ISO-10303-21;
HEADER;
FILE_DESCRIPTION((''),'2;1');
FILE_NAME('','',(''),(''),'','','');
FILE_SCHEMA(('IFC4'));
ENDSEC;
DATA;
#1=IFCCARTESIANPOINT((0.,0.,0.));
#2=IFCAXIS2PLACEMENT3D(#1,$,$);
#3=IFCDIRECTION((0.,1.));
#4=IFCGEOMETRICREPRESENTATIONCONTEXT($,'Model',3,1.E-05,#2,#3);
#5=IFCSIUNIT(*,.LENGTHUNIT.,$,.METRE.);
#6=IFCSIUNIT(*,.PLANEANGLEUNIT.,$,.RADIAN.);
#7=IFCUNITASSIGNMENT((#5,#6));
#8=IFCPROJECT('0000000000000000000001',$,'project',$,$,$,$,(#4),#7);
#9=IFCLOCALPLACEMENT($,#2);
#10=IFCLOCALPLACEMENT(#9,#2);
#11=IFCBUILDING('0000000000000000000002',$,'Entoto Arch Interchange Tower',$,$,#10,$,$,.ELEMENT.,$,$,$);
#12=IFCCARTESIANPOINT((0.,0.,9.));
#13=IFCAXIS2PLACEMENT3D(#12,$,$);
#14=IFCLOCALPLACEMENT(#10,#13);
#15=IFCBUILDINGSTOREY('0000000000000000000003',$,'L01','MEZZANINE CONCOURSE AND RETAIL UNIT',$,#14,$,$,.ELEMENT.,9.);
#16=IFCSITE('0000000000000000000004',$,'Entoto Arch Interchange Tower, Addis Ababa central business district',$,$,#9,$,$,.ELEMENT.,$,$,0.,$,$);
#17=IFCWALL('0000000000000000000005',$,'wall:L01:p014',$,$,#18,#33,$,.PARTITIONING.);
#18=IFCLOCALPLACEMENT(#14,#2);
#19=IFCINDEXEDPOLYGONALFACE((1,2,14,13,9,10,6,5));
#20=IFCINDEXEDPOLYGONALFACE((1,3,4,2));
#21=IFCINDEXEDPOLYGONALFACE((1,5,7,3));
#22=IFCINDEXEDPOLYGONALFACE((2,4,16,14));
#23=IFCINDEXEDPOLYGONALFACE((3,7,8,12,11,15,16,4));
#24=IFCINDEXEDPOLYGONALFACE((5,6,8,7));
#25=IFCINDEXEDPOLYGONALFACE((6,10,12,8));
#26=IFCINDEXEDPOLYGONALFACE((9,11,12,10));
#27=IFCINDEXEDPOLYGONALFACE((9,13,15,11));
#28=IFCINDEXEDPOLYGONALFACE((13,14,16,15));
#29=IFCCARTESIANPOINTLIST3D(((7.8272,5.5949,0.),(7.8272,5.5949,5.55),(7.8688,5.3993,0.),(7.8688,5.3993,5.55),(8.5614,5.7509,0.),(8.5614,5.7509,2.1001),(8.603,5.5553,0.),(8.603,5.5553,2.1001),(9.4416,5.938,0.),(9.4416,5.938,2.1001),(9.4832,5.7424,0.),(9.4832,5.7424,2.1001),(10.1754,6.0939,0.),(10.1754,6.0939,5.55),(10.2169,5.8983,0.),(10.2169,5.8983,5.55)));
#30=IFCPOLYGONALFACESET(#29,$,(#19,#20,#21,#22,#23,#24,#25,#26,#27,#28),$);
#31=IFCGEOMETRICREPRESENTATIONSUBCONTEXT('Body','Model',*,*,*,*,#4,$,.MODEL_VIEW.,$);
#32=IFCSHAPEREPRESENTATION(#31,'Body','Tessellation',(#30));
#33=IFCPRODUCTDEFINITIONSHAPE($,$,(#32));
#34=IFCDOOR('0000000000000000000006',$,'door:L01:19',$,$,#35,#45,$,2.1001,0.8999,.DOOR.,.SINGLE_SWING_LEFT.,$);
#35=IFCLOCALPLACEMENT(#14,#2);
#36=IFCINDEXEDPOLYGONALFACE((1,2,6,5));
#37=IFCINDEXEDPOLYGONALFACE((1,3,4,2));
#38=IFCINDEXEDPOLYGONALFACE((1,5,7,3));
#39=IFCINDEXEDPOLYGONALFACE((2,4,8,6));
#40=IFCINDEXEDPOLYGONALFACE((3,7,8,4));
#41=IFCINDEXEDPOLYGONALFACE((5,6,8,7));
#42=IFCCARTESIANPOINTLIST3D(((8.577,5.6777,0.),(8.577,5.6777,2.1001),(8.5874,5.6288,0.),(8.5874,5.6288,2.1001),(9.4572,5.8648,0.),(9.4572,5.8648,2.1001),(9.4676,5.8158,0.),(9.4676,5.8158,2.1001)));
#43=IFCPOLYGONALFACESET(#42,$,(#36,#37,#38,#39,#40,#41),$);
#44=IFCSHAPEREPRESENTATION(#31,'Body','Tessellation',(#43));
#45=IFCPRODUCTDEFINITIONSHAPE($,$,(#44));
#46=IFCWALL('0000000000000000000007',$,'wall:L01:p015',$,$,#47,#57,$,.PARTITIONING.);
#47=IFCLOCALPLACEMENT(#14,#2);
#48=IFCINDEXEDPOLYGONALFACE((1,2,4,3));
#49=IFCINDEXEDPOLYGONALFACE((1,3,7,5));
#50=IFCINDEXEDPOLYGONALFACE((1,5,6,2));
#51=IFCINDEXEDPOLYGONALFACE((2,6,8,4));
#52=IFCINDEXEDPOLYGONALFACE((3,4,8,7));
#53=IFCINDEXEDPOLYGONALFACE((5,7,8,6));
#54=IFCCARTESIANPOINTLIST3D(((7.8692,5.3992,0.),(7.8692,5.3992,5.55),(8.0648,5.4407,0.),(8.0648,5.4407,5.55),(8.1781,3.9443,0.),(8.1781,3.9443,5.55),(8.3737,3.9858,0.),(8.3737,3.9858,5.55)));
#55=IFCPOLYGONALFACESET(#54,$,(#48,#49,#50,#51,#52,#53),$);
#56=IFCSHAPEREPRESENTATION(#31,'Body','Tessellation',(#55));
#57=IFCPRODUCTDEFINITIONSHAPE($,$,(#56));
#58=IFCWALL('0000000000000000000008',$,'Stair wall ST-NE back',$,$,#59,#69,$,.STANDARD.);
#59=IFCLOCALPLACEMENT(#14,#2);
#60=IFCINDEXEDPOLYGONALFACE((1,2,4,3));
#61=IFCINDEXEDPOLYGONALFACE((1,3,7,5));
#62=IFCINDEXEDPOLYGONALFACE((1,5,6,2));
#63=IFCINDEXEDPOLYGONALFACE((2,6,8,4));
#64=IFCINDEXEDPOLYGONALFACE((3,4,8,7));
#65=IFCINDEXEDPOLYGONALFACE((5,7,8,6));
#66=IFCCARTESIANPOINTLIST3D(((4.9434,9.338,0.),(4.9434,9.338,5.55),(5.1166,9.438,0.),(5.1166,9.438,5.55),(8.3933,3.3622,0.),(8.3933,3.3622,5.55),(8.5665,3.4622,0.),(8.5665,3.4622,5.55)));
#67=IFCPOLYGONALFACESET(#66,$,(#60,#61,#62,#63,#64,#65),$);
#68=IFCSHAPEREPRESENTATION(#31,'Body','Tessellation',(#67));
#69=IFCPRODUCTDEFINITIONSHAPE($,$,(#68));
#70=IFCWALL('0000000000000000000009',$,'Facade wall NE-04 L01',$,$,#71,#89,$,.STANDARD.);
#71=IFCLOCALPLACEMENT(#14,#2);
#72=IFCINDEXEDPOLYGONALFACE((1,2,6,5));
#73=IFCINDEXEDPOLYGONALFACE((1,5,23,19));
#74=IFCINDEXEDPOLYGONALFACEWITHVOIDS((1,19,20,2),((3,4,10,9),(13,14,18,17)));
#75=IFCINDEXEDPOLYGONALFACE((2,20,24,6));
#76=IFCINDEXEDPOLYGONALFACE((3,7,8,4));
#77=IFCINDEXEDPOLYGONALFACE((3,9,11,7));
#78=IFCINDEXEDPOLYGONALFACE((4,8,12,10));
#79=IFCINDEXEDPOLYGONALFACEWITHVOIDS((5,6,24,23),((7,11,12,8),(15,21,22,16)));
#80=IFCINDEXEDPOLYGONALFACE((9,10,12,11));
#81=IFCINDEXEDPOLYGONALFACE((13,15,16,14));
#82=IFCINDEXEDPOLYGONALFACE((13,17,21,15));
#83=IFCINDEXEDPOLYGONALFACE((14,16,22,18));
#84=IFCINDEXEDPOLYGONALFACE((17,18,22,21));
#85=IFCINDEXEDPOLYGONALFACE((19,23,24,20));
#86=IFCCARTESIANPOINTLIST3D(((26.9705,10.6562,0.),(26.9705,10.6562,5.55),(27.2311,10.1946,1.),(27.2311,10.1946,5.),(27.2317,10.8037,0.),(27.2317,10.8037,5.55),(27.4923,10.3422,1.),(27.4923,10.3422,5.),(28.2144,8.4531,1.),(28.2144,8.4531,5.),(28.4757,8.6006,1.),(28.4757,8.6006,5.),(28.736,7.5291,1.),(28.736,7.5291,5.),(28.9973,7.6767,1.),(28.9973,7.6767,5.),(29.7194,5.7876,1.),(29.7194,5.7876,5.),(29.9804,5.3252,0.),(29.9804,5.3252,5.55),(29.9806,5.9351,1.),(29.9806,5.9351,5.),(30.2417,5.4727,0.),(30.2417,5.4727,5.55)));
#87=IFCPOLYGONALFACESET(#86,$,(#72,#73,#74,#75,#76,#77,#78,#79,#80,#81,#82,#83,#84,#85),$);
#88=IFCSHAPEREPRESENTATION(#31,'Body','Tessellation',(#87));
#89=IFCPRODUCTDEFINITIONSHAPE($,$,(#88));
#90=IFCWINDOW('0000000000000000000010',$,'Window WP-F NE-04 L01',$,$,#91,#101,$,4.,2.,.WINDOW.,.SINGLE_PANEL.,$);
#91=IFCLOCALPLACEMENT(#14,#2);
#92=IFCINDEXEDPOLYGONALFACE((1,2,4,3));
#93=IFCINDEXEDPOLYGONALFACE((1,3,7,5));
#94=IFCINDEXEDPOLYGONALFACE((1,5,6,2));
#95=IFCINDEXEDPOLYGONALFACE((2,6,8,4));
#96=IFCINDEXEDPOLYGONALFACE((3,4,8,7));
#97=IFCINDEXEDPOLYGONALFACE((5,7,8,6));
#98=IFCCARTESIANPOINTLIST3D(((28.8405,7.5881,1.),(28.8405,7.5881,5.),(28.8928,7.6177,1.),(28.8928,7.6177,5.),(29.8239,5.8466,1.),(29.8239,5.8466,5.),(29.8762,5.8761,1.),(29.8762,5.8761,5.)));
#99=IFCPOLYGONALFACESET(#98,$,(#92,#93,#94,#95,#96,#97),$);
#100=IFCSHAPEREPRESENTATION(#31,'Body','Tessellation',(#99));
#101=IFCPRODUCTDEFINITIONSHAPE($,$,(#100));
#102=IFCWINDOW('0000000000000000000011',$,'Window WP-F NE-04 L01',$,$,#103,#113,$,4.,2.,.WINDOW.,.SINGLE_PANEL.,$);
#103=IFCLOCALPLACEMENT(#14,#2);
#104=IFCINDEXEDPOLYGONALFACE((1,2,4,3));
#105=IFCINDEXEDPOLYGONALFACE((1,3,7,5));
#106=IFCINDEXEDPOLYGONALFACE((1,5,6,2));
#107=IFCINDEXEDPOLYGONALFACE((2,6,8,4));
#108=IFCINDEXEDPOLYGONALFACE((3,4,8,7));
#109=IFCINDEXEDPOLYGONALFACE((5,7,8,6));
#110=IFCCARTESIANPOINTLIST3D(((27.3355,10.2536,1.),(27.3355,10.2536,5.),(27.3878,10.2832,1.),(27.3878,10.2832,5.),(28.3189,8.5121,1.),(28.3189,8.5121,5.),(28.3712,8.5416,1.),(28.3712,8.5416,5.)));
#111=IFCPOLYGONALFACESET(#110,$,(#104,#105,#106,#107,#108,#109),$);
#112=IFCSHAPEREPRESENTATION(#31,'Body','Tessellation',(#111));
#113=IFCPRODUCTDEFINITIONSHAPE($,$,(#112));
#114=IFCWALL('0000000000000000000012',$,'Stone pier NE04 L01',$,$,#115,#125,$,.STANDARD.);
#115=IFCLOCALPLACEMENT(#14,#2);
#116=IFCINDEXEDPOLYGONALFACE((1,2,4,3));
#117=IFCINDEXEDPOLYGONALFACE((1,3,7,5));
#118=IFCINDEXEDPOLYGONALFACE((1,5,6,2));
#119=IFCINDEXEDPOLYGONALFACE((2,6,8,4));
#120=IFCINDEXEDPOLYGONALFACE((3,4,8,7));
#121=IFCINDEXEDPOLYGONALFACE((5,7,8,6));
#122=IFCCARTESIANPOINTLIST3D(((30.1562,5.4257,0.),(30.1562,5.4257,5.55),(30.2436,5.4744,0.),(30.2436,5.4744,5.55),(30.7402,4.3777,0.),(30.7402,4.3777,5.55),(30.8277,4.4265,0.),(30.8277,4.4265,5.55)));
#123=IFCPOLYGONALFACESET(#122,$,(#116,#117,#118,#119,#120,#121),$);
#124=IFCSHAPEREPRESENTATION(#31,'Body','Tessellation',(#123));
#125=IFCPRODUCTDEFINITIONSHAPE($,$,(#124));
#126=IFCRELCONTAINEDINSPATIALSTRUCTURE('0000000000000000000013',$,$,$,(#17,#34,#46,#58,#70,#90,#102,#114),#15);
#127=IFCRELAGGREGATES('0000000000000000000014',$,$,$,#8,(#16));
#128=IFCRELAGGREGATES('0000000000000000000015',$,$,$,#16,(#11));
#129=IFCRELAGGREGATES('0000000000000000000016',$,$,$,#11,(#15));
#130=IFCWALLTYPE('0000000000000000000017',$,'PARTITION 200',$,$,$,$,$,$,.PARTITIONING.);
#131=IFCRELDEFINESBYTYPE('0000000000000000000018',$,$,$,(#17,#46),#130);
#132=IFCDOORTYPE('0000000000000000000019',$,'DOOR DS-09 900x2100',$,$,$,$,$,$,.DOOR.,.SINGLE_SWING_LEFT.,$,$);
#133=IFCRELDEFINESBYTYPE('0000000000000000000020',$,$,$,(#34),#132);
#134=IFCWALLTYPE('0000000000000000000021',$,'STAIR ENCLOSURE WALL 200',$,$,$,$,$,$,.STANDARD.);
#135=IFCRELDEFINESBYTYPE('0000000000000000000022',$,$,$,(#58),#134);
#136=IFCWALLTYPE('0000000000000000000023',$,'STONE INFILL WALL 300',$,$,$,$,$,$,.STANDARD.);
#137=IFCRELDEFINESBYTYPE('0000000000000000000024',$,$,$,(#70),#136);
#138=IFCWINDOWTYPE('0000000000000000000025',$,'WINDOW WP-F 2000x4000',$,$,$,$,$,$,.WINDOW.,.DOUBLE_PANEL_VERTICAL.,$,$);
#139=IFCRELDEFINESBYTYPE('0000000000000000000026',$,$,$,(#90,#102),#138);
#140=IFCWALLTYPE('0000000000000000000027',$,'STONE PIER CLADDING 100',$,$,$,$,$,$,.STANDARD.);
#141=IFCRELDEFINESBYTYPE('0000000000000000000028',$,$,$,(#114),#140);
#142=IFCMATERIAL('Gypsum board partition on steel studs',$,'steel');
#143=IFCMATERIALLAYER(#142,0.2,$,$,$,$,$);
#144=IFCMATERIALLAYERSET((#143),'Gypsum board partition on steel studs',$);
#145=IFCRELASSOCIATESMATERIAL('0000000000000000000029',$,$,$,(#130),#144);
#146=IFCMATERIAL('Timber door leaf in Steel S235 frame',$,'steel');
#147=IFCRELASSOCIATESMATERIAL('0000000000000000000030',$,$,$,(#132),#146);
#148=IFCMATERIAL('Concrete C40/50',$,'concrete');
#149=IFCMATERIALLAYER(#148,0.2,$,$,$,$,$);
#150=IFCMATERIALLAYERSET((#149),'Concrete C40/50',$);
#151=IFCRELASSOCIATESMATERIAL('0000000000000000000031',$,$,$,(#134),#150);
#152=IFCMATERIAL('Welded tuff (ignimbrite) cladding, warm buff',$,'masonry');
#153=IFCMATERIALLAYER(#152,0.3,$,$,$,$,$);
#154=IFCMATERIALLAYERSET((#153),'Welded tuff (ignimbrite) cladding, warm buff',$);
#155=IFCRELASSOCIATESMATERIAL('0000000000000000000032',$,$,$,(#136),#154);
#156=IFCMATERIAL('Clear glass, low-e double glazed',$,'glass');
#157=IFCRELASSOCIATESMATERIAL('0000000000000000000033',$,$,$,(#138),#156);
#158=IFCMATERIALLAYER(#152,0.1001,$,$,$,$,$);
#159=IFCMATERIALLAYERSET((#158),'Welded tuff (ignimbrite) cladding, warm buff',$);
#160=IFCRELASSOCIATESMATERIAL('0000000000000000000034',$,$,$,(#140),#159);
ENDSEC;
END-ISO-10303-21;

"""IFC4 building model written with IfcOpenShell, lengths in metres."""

from ifc_helpers import new_model, si_unit, direction, frame, frame_2d, origin, place, context, subcontext, project, spatial, rectangle, extrude, material, layer, layer_set, type_object, element, fill, save


model = new_model("IFC4")

# Units and contexts
model_context = context("Model", 3, precision=1e-05, world=origin(), true_north=direction((0.0, 1.0)))
body_context = subcontext(model_context, "Body", "Model", "MODEL_VIEW")
ifc_project = project(units=[si_unit("LENGTHUNIT", "METRE"), si_unit("PLANEANGLEUNIT", "RADIAN")], contexts=[model_context])

# Site, building, storey
site_placement = place(None, origin())
site = spatial("IfcSite", under=ifc_project, at=site_placement, Name="Entoto Arch Interchange Tower, Addis Ababa central business district", CompositionType="ELEMENT", RefElevation=0.0)
building_placement = place(site_placement, origin())
building = spatial("IfcBuilding", under=site, at=building_placement, Name="Entoto Arch Interchange Tower", CompositionType="ELEMENT")
storey_placement = place(building_placement, frame((0.0, 0.0, 9.0)))
storey = spatial("IfcBuildingStorey", under=building, at=storey_placement, Name="L01", Description="MEZZANINE CONCOURSE AND RETAIL UNIT", CompositionType="ELEMENT", Elevation=9.0)

# Shared definitions
ifc_material_1 = material(Name="Concrete C40/50", Category="concrete")

# Shared definitions
ifc_material_2 = material(Name="Gypsum board partition on steel studs", Category="steel")
ifc_material_3 = material(Name="Timber door leaf in Steel S235 frame", Category="steel")

# Shared definitions
ifc_layer_1 = layer(ifc_material_2, 0.2)
ifc_layer_set_1 = layer_set([ifc_layer_1], Name="Gypsum board partition on steel studs")
wall_type_1 = type_object("IfcWallType", Name="PARTITION 200", PredefinedType="PARTITIONING", material=ifc_layer_set_1)

# Shared definitions
door_type_1 = type_object("IfcDoorType", Name="DOOR DS-09 900x2100", OperationType="SINGLE_SWING_LEFT", PredefinedType="DOOR", material=ifc_material_3)

# Wall, opening, door
wall_1_placement = place(storey_placement, frame((10.196, 5.9961, 0.0), z_axis=(0.0, 0.0, 1.0), x_axis=(-0.978155, -0.207876, 0.0)))
wall_1 = element("IfcWall", 1, at=wall_1_placement, inside=storey, type_object=wall_type_1, Name="wall:L01:p014", PredefinedType="PARTITIONING", context=body_context, shape_type="SweptSolid", body=[
    extrude(rectangle(XDim=2.4006, YDim=0.2, at=frame_2d((1.2002, 0.0))), origin(), (0.0, 0.0, 1.0), 5.55),
])
opening_1_placement = place(wall_1_placement, frame((0.75, 0.0, 0.0)))
opening_1 = element("IfcOpeningElement", 2, at=opening_1_placement, cuts=wall_1, PredefinedType="OPENING", context=body_context, shape_type="SweptSolid", body=[
    extrude(rectangle(XDim=0.8999, YDim=2.1001, at=frame_2d((0.45, 1.05))), frame((0.0, 0.1099, 0.0), z_axis=(0.0, -1.0, 0.0), x_axis=(1.0, 0.0, 0.0)), (0.0, 0.0, 1.0), 0.22),
])
door_1_placement = place(opening_1_placement, origin())
door_1 = element("IfcDoor", 3, at=door_1_placement, inside=storey, type_object=door_type_1, Name="door:L01:19", OperationType="SINGLE_SWING_LEFT", OverallHeight=2.1001, OverallWidth=0.8999, PredefinedType="DOOR", context=body_context, shape_type="SweptSolid", body=[
    extrude(rectangle(XDim=0.8999, YDim=2.1001, at=frame_2d((0.45, 1.05))), frame((0.0, 0.0249, 0.0), z_axis=(0.0, -1.0, 0.0), x_axis=(1.0, 0.0, 0.0)), (0.0, 0.0, 1.0), 0.05),
])
fill(opening_1, door_1)

# Walls
wall_2_placement = place(storey_placement, frame((7.967, 5.4199, 0.0), z_axis=(0.0, 0.0, 1.0), x_axis=(0.207657, -0.978202, 0.0)))
element("IfcWall", 4, at=wall_2_placement, inside=storey, type_object=wall_type_1, Name="wall:L01:p015", PredefinedType="PARTITIONING", context=body_context, shape_type="SweptSolid", body=[
    extrude(rectangle(XDim=1.4873, YDim=0.2, at=frame_2d((0.7437, 0.0))), origin(), (0.0, 0.0, 1.0), 5.55),
])
ifc_layer_2 = layer(ifc_material_1, 0.2)
ifc_layer_set_2 = layer_set([ifc_layer_2], Name="Concrete C40/50")
wall_type_2 = type_object("IfcWallType", Name="STAIR ENCLOSURE WALL 200", PredefinedType="STANDARD", material=ifc_layer_set_2)
wall_3_placement = place(storey_placement, frame((8.48, 3.4121, 0.0), z_axis=(0.0, 0.0, 1.0), x_axis=(-0.499979, 0.866038, 0.0)))
element("IfcWall", 5, at=wall_3_placement, inside=storey, type_object=wall_type_2, Name="Stair wall ST-NE back", PredefinedType="STANDARD", context=body_context, shape_type="SweptSolid", body=[
    extrude(rectangle(XDim=6.9001, YDim=0.2, at=frame_2d((3.4502, 0.0))), origin(), (0.0, 0.0, 1.0), 5.55),
])

# Wall, openings, windows
ifc_material_4 = material(Name="Welded tuff (ignimbrite) cladding, warm buff", Category="masonry")
ifc_layer_3 = layer(ifc_material_4, 0.3)
ifc_layer_set_3 = layer_set([ifc_layer_3], Name="Welded tuff (ignimbrite) cladding, warm buff")
wall_type_3 = type_object("IfcWallType", Name="STONE INFILL WALL 300", PredefinedType="STANDARD", material=ifc_layer_set_3)
wall_4_placement = place(storey_placement, frame((30.1111, 5.3989, 0.0), z_axis=(0.0, 0.0, 1.0), x_axis=(-0.491662, 0.870786, 0.0)))
wall_4 = element("IfcWall", 6, at=wall_4_placement, inside=storey, type_object=wall_type_3, Name="Facade wall NE-04 L01", PredefinedType="STANDARD", context=body_context, shape_type="SweptSolid", body=[
    extrude(rectangle(XDim=6.1221, YDim=0.3, at=frame_2d((3.061, 0.0))), origin(), (0.0, 0.0, 1.0), 5.55),
])
opening_2_placement = place(wall_4_placement, frame((0.531, 0.0, 1.0)))
opening_2 = element("IfcOpeningElement", 7, at=opening_2_placement, cuts=wall_4, PredefinedType="OPENING", context=body_context, shape_type="SweptSolid", body=[
    extrude(rectangle(XDim=2.0, YDim=4.0, at=frame_2d((1.0, 2.0))), frame((0.0, 0.1602, 0.0), z_axis=(0.0, -1.0, 0.0), x_axis=(1.0, 0.0, 0.0)), (0.0, 0.0, 1.0), 0.3201),
])
opening_3_placement = place(wall_4_placement, frame((3.592, 0.0, 1.0)))
opening_3 = element("IfcOpeningElement", 8, at=opening_3_placement, cuts=wall_4, PredefinedType="OPENING", context=body_context, shape_type="SweptSolid", body=[
    extrude(rectangle(XDim=2.0, YDim=4.0, at=frame_2d((1.0, 2.0))), frame((0.0, 0.1602, 0.0), z_axis=(0.0, -1.0, 0.0), x_axis=(1.0, 0.0, 0.0)), (0.0, 0.0, 1.0), 0.3201),
])
ifc_material_5 = material(Name="Clear glass, low-e double glazed", Category="glass")
window_type = type_object("IfcWindowType", Name="WINDOW WP-F 2000x4000", PartitioningType="DOUBLE_PANEL_VERTICAL", PredefinedType="WINDOW", material=ifc_material_5)
window_1_placement = place(opening_2_placement, origin())
window_1 = element("IfcWindow", 9, at=window_1_placement, inside=storey, type_object=window_type, Name="Window WP-F NE-04 L01", OverallHeight=4.0, OverallWidth=2.0, PartitioningType="SINGLE_PANEL", PredefinedType="WINDOW", context=body_context, shape_type="SweptSolid", body=[
    extrude(rectangle(XDim=2.0, YDim=4.0, at=frame_2d((1.0, 2.0))), frame((0.0, 0.03, 0.0), z_axis=(0.0, -1.0, 0.0), x_axis=(1.0, 0.0, 0.0)), (0.0, 0.0, 1.0), 0.0601),
])
fill(opening_2, window_1)
window_2_placement = place(opening_3_placement, origin())
window_2 = element("IfcWindow", 10, at=window_2_placement, inside=storey, type_object=window_type, Name="Window WP-F NE-04 L01", OverallHeight=4.0, OverallWidth=2.0, PartitioningType="SINGLE_PANEL", PredefinedType="WINDOW", context=body_context, shape_type="SweptSolid", body=[
    extrude(rectangle(XDim=2.0, YDim=4.0, at=frame_2d((1.0, 2.0))), frame((0.0, 0.03, 0.0), z_axis=(0.0, -1.0, 0.0), x_axis=(1.0, 0.0, 0.0)), (0.0, 0.0, 1.0), 0.0601),
])
fill(opening_3, window_2)

# Wall
ifc_layer_4 = layer(ifc_material_4, 0.1001)
ifc_layer_set_4 = layer_set([ifc_layer_4], Name="Welded tuff (ignimbrite) cladding, warm buff")
wall_type_4 = type_object("IfcWallType", Name="STONE PIER CLADDING 100", PredefinedType="STANDARD", material=ifc_layer_set_4)
wall_5_placement = place(storey_placement, frame((30.7839, 4.4021, 0.0), z_axis=(0.0, 0.0, 1.0), x_axis=(-0.486818, 0.873504, 0.0)))
element("IfcWall", 11, at=wall_5_placement, inside=storey, type_object=wall_type_4, Name="Stone pier NE04 L01", PredefinedType="STANDARD", context=body_context, shape_type="SweptSolid", body=[
    extrude(rectangle(XDim=1.1997, YDim=0.1001, at=frame_2d((0.5999, 0.0))), origin(), (0.0, 0.0, 1.0), 5.55),
])

save(model, "model.ifc")
